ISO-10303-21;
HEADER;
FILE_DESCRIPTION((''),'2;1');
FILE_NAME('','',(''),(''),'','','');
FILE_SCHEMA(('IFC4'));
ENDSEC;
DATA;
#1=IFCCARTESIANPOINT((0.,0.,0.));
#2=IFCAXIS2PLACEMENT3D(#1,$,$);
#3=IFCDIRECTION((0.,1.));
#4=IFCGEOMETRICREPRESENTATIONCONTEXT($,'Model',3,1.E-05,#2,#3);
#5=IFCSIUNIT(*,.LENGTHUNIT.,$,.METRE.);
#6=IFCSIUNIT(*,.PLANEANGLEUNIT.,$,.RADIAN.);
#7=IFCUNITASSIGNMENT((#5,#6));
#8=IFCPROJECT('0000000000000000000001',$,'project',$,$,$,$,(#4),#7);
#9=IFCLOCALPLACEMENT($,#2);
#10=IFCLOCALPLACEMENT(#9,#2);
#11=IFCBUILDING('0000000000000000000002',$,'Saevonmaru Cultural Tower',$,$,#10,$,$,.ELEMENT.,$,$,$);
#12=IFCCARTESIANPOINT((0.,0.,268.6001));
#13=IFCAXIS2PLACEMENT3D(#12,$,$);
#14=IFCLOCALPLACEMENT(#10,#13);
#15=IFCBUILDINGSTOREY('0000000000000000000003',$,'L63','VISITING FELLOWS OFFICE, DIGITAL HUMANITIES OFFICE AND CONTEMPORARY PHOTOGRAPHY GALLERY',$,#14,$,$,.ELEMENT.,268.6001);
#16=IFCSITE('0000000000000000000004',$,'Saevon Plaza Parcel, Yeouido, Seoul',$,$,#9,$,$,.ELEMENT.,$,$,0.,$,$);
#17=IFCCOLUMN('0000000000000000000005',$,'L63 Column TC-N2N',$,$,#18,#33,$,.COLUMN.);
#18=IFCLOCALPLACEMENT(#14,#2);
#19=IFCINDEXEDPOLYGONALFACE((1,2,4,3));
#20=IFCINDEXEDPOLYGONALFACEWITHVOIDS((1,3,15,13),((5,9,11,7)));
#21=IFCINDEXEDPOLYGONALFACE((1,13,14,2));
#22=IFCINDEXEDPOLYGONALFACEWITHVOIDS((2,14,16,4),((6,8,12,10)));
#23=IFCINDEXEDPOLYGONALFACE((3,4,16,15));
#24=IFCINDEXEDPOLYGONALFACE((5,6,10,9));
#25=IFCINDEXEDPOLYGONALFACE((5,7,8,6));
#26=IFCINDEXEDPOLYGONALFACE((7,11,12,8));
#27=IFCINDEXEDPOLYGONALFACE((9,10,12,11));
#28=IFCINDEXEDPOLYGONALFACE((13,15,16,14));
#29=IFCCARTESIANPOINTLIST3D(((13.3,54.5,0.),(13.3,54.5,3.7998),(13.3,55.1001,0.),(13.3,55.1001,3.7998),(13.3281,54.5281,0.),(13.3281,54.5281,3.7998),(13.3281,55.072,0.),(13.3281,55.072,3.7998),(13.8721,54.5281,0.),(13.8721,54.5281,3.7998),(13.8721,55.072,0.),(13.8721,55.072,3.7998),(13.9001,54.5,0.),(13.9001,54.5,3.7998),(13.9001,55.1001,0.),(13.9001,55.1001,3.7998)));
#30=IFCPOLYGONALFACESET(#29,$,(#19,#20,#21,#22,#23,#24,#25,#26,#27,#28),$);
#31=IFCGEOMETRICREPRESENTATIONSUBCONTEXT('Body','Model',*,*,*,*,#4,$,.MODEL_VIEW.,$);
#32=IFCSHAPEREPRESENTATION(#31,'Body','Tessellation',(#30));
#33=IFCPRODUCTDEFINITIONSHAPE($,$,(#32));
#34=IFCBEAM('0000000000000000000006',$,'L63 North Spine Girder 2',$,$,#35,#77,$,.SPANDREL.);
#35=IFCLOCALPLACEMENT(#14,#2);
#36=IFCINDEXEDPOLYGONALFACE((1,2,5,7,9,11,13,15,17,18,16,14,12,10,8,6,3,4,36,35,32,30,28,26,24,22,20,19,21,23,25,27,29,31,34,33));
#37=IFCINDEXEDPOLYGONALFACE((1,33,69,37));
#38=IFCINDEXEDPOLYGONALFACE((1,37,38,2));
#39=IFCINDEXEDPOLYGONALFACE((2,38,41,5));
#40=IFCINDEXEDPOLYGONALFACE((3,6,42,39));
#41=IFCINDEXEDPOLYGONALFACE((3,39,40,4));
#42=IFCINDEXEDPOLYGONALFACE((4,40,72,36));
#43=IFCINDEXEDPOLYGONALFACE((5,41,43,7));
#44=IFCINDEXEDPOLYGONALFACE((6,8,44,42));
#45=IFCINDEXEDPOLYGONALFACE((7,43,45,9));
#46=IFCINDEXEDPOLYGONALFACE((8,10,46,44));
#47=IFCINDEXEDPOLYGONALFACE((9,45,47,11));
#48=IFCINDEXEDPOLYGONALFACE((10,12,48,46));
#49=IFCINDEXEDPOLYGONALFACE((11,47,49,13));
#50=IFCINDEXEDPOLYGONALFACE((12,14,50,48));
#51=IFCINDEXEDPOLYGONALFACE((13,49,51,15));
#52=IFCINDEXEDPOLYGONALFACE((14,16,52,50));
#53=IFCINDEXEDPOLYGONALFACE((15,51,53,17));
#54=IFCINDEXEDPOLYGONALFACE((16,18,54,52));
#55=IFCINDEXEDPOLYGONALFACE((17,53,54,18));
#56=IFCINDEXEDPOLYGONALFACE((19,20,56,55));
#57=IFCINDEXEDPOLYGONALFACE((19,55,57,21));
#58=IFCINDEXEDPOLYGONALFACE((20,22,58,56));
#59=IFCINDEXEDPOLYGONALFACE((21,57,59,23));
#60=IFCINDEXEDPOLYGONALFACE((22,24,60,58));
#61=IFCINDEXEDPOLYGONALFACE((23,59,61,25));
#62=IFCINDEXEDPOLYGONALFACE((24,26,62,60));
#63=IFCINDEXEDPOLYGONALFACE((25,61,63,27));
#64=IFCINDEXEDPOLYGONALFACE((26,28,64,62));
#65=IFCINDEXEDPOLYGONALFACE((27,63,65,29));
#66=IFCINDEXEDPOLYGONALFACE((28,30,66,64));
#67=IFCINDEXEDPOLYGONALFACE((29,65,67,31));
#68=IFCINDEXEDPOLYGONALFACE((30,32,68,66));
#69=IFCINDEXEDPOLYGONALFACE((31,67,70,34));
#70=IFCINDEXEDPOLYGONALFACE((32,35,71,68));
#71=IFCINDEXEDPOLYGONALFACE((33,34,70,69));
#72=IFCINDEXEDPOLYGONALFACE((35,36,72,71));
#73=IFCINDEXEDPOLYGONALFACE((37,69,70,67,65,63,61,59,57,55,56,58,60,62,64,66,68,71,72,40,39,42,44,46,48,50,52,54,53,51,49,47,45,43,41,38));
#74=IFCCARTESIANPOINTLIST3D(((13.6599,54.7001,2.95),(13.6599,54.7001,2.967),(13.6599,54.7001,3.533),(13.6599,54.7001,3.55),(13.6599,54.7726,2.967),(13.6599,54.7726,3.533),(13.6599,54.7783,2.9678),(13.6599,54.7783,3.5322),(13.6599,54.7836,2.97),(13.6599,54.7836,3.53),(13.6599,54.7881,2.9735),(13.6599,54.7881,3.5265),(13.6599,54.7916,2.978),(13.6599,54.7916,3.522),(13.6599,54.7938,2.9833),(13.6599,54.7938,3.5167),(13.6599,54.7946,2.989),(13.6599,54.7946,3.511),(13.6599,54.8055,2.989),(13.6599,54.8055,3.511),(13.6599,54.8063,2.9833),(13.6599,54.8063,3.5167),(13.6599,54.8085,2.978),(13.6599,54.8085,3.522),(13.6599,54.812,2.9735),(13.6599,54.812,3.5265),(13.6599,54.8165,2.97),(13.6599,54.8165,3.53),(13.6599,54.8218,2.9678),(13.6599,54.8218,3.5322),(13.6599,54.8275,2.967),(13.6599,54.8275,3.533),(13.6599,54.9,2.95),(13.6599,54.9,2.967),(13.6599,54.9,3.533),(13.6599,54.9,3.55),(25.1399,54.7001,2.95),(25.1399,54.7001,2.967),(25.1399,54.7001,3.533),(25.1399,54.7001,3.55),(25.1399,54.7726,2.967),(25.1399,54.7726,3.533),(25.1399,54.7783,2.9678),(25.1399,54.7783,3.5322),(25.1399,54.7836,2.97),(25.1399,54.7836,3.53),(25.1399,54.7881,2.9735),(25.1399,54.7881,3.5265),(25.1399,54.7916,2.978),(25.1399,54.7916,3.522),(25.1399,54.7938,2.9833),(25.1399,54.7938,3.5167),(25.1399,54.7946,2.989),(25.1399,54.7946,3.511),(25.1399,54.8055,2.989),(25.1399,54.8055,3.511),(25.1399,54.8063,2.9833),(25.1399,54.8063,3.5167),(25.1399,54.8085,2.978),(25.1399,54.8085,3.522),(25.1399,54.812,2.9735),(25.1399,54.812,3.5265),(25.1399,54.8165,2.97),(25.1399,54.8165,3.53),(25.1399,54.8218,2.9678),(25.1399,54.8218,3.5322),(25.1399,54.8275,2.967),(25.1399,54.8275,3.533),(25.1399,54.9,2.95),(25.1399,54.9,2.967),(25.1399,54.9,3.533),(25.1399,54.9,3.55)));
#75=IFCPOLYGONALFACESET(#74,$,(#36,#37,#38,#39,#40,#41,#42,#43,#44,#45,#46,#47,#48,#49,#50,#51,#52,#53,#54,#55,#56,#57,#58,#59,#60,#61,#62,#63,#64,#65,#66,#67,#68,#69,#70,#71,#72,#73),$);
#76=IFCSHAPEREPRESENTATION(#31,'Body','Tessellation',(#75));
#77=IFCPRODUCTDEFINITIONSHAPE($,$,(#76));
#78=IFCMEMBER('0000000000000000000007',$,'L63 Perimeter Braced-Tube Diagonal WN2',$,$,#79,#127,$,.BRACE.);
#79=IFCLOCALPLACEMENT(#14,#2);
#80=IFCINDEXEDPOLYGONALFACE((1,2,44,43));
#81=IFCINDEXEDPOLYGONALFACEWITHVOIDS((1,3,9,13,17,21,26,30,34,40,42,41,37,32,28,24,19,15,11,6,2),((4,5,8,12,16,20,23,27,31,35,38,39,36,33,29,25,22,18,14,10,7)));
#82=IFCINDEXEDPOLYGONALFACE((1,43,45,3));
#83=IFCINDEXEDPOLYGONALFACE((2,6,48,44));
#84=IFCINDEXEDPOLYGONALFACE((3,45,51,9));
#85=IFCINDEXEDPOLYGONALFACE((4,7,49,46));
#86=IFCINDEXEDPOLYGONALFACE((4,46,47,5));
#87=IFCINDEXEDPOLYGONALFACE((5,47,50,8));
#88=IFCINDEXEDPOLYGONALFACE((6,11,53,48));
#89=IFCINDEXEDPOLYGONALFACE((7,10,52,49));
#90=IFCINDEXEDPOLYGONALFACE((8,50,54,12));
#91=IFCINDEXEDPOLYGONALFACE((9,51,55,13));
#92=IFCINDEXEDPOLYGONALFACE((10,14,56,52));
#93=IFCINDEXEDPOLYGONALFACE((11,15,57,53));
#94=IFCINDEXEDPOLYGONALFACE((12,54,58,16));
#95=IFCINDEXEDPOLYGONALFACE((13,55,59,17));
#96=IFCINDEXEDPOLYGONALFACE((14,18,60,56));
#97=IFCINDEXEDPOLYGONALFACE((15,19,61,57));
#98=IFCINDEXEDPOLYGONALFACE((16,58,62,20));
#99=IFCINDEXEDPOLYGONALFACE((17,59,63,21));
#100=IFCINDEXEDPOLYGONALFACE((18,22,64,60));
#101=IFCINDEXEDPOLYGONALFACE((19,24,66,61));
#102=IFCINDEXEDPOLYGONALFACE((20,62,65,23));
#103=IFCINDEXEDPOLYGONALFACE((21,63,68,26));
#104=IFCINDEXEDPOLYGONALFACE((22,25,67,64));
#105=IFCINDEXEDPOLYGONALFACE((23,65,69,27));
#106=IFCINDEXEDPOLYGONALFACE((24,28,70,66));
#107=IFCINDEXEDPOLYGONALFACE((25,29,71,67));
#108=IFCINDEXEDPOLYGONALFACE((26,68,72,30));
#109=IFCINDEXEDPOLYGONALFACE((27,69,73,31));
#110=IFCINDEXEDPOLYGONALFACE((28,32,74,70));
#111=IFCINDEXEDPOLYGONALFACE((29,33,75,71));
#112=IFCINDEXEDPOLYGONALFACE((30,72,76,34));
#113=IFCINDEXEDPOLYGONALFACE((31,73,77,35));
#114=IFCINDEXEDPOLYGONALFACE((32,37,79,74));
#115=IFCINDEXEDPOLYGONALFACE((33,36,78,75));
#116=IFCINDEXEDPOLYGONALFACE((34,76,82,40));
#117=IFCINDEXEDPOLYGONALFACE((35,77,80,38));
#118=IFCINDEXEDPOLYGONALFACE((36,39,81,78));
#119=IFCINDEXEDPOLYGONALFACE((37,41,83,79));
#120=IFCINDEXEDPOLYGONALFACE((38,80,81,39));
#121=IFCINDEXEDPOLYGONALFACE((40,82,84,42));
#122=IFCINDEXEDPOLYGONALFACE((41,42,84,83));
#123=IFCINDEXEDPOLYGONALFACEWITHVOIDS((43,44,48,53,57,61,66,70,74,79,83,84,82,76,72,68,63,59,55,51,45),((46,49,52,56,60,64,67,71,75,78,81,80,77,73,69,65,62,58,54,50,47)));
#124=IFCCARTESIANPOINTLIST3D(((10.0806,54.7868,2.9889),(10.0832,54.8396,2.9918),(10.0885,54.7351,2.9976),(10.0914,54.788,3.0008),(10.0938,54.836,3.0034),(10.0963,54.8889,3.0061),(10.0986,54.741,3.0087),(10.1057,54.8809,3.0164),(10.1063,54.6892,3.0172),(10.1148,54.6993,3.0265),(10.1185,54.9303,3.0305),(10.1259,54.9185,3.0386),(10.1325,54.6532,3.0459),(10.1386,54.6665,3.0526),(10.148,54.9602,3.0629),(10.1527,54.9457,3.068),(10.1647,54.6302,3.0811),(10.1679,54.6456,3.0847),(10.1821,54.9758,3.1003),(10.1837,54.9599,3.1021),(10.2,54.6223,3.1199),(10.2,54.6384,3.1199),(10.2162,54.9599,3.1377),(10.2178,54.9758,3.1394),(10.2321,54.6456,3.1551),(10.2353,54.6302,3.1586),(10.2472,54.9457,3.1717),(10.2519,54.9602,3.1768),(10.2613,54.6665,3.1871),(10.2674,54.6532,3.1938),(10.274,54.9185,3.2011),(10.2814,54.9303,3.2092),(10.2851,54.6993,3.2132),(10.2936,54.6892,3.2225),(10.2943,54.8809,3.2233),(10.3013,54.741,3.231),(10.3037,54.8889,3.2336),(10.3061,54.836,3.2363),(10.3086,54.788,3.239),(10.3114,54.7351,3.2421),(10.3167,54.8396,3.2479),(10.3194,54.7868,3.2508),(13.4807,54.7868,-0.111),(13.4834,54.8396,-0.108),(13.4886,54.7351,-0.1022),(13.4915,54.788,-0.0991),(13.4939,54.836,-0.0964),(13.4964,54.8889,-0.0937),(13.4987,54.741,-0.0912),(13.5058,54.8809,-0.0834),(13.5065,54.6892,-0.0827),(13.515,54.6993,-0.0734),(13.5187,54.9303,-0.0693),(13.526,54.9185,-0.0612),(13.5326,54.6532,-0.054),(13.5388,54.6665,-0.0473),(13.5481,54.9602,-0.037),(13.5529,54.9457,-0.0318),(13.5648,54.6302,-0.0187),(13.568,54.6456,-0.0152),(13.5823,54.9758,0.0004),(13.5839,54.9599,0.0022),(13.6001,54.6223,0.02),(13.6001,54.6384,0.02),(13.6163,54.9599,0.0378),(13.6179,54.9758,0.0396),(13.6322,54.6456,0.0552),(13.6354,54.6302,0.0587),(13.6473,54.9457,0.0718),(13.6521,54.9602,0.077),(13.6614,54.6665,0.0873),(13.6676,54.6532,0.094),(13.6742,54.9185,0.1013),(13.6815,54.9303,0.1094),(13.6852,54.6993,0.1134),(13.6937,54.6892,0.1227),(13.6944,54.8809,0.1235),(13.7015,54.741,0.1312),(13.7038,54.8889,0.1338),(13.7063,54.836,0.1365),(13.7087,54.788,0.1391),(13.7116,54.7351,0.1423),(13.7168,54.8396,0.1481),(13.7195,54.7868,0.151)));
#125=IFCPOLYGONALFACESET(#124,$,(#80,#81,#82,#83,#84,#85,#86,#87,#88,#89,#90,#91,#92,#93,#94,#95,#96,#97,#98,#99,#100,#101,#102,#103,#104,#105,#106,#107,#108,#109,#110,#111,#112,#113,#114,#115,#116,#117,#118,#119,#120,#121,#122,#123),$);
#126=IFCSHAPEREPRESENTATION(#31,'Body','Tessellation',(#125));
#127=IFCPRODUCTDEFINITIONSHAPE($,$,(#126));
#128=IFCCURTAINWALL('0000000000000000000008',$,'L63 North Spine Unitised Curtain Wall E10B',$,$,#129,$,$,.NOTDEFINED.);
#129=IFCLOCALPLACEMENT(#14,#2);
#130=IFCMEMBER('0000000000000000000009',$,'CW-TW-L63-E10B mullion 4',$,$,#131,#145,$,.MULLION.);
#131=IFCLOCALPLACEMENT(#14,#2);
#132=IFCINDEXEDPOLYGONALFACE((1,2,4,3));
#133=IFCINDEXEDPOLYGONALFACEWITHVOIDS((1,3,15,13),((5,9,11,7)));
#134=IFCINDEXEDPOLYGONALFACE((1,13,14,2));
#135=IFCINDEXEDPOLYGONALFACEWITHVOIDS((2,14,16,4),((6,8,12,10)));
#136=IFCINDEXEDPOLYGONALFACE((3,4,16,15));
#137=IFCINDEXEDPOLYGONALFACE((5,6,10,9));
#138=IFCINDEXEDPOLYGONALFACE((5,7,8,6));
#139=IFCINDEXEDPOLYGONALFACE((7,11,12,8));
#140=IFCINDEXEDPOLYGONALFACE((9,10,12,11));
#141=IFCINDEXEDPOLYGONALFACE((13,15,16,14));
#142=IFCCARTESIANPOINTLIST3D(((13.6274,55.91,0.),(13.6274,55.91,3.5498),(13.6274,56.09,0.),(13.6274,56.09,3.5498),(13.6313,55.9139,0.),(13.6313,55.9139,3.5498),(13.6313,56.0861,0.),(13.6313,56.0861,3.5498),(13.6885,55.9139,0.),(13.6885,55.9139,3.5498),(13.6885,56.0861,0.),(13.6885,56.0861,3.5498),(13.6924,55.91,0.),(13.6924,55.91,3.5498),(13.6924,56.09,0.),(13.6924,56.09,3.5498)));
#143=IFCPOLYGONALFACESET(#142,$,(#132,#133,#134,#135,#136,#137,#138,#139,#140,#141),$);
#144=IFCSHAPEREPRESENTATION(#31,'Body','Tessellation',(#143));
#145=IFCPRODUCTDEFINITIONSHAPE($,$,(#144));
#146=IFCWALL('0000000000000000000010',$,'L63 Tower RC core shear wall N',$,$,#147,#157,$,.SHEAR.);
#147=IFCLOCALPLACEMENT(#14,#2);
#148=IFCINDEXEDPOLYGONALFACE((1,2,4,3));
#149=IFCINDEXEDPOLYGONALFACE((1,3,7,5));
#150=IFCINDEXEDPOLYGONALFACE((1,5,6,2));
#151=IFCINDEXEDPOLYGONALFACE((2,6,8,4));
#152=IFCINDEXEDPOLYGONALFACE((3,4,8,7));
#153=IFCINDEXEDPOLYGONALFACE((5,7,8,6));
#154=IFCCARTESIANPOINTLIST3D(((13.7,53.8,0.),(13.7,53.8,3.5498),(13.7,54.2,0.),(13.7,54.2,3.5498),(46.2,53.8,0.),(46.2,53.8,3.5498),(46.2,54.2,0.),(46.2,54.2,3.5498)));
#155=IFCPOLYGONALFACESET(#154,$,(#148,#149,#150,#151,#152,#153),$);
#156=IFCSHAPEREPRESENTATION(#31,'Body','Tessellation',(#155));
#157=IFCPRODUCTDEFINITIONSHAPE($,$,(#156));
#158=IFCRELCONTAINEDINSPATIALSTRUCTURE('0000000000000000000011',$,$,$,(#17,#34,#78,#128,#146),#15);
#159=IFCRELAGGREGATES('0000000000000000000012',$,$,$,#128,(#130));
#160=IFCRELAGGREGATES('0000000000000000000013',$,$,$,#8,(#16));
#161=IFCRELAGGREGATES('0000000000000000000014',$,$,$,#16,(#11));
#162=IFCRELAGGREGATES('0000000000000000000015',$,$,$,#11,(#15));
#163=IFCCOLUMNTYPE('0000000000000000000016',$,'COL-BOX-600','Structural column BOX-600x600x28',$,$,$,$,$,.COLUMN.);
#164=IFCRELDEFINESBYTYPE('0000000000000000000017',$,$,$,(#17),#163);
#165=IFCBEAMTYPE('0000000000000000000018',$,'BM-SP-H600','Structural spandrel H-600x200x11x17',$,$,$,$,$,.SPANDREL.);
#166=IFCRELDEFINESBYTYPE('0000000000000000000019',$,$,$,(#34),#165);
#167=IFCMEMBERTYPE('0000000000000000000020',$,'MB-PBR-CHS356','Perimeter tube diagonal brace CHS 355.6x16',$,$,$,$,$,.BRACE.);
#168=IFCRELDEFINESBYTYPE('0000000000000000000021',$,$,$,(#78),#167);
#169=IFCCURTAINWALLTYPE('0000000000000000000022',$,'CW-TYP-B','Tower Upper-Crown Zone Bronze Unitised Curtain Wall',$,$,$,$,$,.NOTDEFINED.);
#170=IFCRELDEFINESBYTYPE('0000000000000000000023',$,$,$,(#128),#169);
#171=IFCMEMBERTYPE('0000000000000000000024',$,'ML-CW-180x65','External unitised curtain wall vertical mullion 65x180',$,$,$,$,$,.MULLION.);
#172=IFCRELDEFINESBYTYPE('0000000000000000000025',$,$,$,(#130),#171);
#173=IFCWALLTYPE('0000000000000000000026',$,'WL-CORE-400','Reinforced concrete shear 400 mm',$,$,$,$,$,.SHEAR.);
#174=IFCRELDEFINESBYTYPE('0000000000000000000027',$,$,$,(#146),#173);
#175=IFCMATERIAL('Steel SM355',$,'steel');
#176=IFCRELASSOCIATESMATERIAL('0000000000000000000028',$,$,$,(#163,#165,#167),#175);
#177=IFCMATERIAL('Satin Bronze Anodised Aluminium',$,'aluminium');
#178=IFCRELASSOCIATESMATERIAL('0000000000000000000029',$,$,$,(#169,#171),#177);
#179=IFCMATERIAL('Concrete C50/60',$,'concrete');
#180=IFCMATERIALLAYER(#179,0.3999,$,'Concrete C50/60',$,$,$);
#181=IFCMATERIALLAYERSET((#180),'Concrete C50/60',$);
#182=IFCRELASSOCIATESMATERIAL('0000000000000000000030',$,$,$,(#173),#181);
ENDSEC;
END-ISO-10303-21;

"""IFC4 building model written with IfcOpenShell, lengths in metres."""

from ifc_helpers import new_model, si_unit, direction, frame, frame_2d, origin, origin_2d, place, context, subcontext, project, spatial, rectangle, hollow_rectangle, hollow_circle, i_section, extrude, material, layer, layer_set, material_profile, profile_set, type_object, element, aggregate, save


model = new_model("IFC4")

# Units and contexts
model_context = context("Model", 3, precision=1e-05, world=origin(), true_north=direction((0.0, 1.0)))
body_context = subcontext(model_context, "Body", "Model", "MODEL_VIEW")
ifc_project = project(units=[si_unit("LENGTHUNIT", "METRE"), si_unit("PLANEANGLEUNIT", "RADIAN")], contexts=[model_context])

# Site, building, storey
site_placement = place(None, origin())
site = spatial("IfcSite", under=ifc_project, at=site_placement, Name="Saevon Plaza Parcel, Yeouido, Seoul", CompositionType="ELEMENT", RefElevation=0.0)
building_placement = place(site_placement, origin())
building = spatial("IfcBuilding", under=site, at=building_placement, Name="Saevonmaru Cultural Tower", CompositionType="ELEMENT")
storey_placement = place(building_placement, frame((0.0, 0.0, 268.6001)))
storey = spatial("IfcBuildingStorey", under=building, at=storey_placement, Name="L63", Description="VISITING FELLOWS OFFICE, DIGITAL HUMANITIES OFFICE AND CONTEMPORARY PHOTOGRAPHY GALLERY", CompositionType="ELEMENT", Elevation=268.6001)

# Column
ifc_material_1 = material(Name="Steel SM355", Category="steel")
ifc_material_profile_1 = material_profile(ifc_material_1, hollow_rectangle(XDim=0.6001, YDim=0.6001, WallThickness=0.0281, at=origin_2d()), Name="BOX-600x600x28")
ifc_profile_set_1 = profile_set([ifc_material_profile_1], Name="Steel SM355")
column_type = type_object("IfcColumnType", Name="COL-BOX-600", Description="Structural column BOX-600x600x28", PredefinedType="COLUMN", material=ifc_profile_set_1)
column_placement = place(storey_placement, frame((13.6001, 54.8, 0.0), z_axis=(0.0, 0.0, 1.0), x_axis=(1.0, 0.0, 0.0)))
element("IfcColumn", 1, at=column_placement, inside=storey, type_object=column_type, Name="L63 Column TC-N2N", PredefinedType="COLUMN", context=body_context, shape_type="SweptSolid", body=[
    extrude(hollow_rectangle(XDim=0.6001, YDim=0.6001, WallThickness=0.0281, at=origin_2d()), origin(), (0.0, 0.0, 1.0), 3.7998),
])

# Beam
ifc_material_profile_2 = material_profile(ifc_material_1, i_section(OverallWidth=0.2, OverallDepth=0.6001, WebThickness=0.011, FlangeThickness=0.0171, FilletRadius=0.022, at=origin_2d()), Name="H-600x200x11x17")
ifc_profile_set_2 = profile_set([ifc_material_profile_2], Name="Steel SM355")
beam_type = type_object("IfcBeamType", Name="BM-SP-H600", Description="Structural spandrel H-600x200x11x17", PredefinedType="SPANDREL", material=ifc_profile_set_2)
beam_placement = place(storey_placement, frame((13.6599, 54.8, 3.25), z_axis=(1.0, 0.0, 0.0), x_axis=(0.0, 1.0, 0.0)))
element("IfcBeam", 2, at=beam_placement, inside=storey, type_object=beam_type, Name="L63 North Spine Girder 2", PredefinedType="SPANDREL", context=body_context, shape_type="SweptSolid", body=[
    extrude(i_section(OverallWidth=0.2, OverallDepth=0.6001, WebThickness=0.011, FlangeThickness=0.0171, FilletRadius=0.022, at=origin_2d()), origin(), (0.0, 0.0, 1.0), 11.48),
])

# Member
ifc_material_profile_3 = material_profile(ifc_material_1, hollow_circle(Radius=0.1777, WallThickness=0.0161, at=origin_2d()), Name="CHS-355.6x16")
ifc_profile_set_3 = profile_set([ifc_material_profile_3], Name="Steel SM355")
member_type_1 = type_object("IfcMemberType", Name="MB-PBR-CHS356", Description="Perimeter tube diagonal brace CHS 355.6x16", PredefinedType="BRACE", material=ifc_profile_set_3)
member_1_placement = place(storey_placement, frame((13.6001, 54.8, 0.02), z_axis=(-0.738986, 0.0, 0.673721), x_axis=(0.0, -1.0, 0.0)))
element("IfcMember", 3, at=member_1_placement, inside=storey, type_object=member_type_1, Name="L63 Perimeter Braced-Tube Diagonal WN2", PredefinedType="BRACE", context=body_context, shape_type="SweptSolid", body=[
    extrude(hollow_circle(Radius=0.1777, WallThickness=0.0161, at=origin_2d()), origin(), (0.0, 0.0, 1.0), 4.6011),
])

# Curtain wall, member
ifc_material_2 = material(Name="Satin Bronze Anodised Aluminium", Category="aluminium")
curtain_wall_type = type_object("IfcCurtainWallType", Name="CW-TYP-B", Description="Tower Upper-Crown Zone Bronze Unitised Curtain Wall", PredefinedType="NOTDEFINED", material=ifc_material_2)
curtain_wall_placement = place(storey_placement, origin())
curtain_wall = element("IfcCurtainWall", 4, at=curtain_wall_placement, inside=storey, type_object=curtain_wall_type, Name="L63 North Spine Unitised Curtain Wall E10B", PredefinedType="NOTDEFINED")
ifc_material_profile_4 = material_profile(ifc_material_2, hollow_rectangle(XDim=0.0649, YDim=0.1799, WallThickness=0.0039, at=origin_2d()), Name="ALU-MULL-180x65x4")
ifc_profile_set_4 = profile_set([ifc_material_profile_4], Name="Satin Bronze Anodised Aluminium")
member_type_2 = type_object("IfcMemberType", Name="ML-CW-180x65", Description="External unitised curtain wall vertical mullion 65x180", PredefinedType="MULLION", material=ifc_profile_set_4)
member_2_placement = place(storey_placement, frame((13.6599, 56.0, 0.0), z_axis=(0.0, 0.0, 1.0), x_axis=(-1.0, 0.0, 0.0)))
member_2 = element("IfcMember", 5, at=member_2_placement, type_object=member_type_2, Name="CW-TW-L63-E10B mullion 4", PredefinedType="MULLION", context=body_context, shape_type="SweptSolid", body=[
    extrude(hollow_rectangle(XDim=0.0649, YDim=0.1799, WallThickness=0.0039, at=origin_2d()), origin(), (0.0, 0.0, 1.0), 3.5498),
])
aggregate(curtain_wall, [member_2])

# Wall
ifc_material_3 = material(Name="Concrete C50/60", Category="concrete")
ifc_layer_1 = layer(ifc_material_3, 0.3999, Name="Concrete C50/60")
ifc_layer_set_1 = layer_set([ifc_layer_1], Name="Concrete C50/60")
wall_type_1 = type_object("IfcWallType", Name="WL-CORE-400", Description="Reinforced concrete shear 400 mm", PredefinedType="SHEAR", material=ifc_layer_set_1)
wall_1_placement = place(storey_placement, frame((13.7, 54.0, 0.0), z_axis=(0.0, 0.0, 1.0), x_axis=(1.0, 0.0, 0.0)))
element("IfcWall", 6, at=wall_1_placement, inside=storey, type_object=wall_type_1, Name="L63 Tower RC core shear wall N", PredefinedType="SHEAR", context=body_context, shape_type="SweptSolid", body=[
    extrude(rectangle(XDim=32.5, YDim=0.3999, at=frame_2d((16.25, 0.0))), origin(), (0.0, 0.0, 1.0), 3.5498),
])

save(model, "model.ifc")
